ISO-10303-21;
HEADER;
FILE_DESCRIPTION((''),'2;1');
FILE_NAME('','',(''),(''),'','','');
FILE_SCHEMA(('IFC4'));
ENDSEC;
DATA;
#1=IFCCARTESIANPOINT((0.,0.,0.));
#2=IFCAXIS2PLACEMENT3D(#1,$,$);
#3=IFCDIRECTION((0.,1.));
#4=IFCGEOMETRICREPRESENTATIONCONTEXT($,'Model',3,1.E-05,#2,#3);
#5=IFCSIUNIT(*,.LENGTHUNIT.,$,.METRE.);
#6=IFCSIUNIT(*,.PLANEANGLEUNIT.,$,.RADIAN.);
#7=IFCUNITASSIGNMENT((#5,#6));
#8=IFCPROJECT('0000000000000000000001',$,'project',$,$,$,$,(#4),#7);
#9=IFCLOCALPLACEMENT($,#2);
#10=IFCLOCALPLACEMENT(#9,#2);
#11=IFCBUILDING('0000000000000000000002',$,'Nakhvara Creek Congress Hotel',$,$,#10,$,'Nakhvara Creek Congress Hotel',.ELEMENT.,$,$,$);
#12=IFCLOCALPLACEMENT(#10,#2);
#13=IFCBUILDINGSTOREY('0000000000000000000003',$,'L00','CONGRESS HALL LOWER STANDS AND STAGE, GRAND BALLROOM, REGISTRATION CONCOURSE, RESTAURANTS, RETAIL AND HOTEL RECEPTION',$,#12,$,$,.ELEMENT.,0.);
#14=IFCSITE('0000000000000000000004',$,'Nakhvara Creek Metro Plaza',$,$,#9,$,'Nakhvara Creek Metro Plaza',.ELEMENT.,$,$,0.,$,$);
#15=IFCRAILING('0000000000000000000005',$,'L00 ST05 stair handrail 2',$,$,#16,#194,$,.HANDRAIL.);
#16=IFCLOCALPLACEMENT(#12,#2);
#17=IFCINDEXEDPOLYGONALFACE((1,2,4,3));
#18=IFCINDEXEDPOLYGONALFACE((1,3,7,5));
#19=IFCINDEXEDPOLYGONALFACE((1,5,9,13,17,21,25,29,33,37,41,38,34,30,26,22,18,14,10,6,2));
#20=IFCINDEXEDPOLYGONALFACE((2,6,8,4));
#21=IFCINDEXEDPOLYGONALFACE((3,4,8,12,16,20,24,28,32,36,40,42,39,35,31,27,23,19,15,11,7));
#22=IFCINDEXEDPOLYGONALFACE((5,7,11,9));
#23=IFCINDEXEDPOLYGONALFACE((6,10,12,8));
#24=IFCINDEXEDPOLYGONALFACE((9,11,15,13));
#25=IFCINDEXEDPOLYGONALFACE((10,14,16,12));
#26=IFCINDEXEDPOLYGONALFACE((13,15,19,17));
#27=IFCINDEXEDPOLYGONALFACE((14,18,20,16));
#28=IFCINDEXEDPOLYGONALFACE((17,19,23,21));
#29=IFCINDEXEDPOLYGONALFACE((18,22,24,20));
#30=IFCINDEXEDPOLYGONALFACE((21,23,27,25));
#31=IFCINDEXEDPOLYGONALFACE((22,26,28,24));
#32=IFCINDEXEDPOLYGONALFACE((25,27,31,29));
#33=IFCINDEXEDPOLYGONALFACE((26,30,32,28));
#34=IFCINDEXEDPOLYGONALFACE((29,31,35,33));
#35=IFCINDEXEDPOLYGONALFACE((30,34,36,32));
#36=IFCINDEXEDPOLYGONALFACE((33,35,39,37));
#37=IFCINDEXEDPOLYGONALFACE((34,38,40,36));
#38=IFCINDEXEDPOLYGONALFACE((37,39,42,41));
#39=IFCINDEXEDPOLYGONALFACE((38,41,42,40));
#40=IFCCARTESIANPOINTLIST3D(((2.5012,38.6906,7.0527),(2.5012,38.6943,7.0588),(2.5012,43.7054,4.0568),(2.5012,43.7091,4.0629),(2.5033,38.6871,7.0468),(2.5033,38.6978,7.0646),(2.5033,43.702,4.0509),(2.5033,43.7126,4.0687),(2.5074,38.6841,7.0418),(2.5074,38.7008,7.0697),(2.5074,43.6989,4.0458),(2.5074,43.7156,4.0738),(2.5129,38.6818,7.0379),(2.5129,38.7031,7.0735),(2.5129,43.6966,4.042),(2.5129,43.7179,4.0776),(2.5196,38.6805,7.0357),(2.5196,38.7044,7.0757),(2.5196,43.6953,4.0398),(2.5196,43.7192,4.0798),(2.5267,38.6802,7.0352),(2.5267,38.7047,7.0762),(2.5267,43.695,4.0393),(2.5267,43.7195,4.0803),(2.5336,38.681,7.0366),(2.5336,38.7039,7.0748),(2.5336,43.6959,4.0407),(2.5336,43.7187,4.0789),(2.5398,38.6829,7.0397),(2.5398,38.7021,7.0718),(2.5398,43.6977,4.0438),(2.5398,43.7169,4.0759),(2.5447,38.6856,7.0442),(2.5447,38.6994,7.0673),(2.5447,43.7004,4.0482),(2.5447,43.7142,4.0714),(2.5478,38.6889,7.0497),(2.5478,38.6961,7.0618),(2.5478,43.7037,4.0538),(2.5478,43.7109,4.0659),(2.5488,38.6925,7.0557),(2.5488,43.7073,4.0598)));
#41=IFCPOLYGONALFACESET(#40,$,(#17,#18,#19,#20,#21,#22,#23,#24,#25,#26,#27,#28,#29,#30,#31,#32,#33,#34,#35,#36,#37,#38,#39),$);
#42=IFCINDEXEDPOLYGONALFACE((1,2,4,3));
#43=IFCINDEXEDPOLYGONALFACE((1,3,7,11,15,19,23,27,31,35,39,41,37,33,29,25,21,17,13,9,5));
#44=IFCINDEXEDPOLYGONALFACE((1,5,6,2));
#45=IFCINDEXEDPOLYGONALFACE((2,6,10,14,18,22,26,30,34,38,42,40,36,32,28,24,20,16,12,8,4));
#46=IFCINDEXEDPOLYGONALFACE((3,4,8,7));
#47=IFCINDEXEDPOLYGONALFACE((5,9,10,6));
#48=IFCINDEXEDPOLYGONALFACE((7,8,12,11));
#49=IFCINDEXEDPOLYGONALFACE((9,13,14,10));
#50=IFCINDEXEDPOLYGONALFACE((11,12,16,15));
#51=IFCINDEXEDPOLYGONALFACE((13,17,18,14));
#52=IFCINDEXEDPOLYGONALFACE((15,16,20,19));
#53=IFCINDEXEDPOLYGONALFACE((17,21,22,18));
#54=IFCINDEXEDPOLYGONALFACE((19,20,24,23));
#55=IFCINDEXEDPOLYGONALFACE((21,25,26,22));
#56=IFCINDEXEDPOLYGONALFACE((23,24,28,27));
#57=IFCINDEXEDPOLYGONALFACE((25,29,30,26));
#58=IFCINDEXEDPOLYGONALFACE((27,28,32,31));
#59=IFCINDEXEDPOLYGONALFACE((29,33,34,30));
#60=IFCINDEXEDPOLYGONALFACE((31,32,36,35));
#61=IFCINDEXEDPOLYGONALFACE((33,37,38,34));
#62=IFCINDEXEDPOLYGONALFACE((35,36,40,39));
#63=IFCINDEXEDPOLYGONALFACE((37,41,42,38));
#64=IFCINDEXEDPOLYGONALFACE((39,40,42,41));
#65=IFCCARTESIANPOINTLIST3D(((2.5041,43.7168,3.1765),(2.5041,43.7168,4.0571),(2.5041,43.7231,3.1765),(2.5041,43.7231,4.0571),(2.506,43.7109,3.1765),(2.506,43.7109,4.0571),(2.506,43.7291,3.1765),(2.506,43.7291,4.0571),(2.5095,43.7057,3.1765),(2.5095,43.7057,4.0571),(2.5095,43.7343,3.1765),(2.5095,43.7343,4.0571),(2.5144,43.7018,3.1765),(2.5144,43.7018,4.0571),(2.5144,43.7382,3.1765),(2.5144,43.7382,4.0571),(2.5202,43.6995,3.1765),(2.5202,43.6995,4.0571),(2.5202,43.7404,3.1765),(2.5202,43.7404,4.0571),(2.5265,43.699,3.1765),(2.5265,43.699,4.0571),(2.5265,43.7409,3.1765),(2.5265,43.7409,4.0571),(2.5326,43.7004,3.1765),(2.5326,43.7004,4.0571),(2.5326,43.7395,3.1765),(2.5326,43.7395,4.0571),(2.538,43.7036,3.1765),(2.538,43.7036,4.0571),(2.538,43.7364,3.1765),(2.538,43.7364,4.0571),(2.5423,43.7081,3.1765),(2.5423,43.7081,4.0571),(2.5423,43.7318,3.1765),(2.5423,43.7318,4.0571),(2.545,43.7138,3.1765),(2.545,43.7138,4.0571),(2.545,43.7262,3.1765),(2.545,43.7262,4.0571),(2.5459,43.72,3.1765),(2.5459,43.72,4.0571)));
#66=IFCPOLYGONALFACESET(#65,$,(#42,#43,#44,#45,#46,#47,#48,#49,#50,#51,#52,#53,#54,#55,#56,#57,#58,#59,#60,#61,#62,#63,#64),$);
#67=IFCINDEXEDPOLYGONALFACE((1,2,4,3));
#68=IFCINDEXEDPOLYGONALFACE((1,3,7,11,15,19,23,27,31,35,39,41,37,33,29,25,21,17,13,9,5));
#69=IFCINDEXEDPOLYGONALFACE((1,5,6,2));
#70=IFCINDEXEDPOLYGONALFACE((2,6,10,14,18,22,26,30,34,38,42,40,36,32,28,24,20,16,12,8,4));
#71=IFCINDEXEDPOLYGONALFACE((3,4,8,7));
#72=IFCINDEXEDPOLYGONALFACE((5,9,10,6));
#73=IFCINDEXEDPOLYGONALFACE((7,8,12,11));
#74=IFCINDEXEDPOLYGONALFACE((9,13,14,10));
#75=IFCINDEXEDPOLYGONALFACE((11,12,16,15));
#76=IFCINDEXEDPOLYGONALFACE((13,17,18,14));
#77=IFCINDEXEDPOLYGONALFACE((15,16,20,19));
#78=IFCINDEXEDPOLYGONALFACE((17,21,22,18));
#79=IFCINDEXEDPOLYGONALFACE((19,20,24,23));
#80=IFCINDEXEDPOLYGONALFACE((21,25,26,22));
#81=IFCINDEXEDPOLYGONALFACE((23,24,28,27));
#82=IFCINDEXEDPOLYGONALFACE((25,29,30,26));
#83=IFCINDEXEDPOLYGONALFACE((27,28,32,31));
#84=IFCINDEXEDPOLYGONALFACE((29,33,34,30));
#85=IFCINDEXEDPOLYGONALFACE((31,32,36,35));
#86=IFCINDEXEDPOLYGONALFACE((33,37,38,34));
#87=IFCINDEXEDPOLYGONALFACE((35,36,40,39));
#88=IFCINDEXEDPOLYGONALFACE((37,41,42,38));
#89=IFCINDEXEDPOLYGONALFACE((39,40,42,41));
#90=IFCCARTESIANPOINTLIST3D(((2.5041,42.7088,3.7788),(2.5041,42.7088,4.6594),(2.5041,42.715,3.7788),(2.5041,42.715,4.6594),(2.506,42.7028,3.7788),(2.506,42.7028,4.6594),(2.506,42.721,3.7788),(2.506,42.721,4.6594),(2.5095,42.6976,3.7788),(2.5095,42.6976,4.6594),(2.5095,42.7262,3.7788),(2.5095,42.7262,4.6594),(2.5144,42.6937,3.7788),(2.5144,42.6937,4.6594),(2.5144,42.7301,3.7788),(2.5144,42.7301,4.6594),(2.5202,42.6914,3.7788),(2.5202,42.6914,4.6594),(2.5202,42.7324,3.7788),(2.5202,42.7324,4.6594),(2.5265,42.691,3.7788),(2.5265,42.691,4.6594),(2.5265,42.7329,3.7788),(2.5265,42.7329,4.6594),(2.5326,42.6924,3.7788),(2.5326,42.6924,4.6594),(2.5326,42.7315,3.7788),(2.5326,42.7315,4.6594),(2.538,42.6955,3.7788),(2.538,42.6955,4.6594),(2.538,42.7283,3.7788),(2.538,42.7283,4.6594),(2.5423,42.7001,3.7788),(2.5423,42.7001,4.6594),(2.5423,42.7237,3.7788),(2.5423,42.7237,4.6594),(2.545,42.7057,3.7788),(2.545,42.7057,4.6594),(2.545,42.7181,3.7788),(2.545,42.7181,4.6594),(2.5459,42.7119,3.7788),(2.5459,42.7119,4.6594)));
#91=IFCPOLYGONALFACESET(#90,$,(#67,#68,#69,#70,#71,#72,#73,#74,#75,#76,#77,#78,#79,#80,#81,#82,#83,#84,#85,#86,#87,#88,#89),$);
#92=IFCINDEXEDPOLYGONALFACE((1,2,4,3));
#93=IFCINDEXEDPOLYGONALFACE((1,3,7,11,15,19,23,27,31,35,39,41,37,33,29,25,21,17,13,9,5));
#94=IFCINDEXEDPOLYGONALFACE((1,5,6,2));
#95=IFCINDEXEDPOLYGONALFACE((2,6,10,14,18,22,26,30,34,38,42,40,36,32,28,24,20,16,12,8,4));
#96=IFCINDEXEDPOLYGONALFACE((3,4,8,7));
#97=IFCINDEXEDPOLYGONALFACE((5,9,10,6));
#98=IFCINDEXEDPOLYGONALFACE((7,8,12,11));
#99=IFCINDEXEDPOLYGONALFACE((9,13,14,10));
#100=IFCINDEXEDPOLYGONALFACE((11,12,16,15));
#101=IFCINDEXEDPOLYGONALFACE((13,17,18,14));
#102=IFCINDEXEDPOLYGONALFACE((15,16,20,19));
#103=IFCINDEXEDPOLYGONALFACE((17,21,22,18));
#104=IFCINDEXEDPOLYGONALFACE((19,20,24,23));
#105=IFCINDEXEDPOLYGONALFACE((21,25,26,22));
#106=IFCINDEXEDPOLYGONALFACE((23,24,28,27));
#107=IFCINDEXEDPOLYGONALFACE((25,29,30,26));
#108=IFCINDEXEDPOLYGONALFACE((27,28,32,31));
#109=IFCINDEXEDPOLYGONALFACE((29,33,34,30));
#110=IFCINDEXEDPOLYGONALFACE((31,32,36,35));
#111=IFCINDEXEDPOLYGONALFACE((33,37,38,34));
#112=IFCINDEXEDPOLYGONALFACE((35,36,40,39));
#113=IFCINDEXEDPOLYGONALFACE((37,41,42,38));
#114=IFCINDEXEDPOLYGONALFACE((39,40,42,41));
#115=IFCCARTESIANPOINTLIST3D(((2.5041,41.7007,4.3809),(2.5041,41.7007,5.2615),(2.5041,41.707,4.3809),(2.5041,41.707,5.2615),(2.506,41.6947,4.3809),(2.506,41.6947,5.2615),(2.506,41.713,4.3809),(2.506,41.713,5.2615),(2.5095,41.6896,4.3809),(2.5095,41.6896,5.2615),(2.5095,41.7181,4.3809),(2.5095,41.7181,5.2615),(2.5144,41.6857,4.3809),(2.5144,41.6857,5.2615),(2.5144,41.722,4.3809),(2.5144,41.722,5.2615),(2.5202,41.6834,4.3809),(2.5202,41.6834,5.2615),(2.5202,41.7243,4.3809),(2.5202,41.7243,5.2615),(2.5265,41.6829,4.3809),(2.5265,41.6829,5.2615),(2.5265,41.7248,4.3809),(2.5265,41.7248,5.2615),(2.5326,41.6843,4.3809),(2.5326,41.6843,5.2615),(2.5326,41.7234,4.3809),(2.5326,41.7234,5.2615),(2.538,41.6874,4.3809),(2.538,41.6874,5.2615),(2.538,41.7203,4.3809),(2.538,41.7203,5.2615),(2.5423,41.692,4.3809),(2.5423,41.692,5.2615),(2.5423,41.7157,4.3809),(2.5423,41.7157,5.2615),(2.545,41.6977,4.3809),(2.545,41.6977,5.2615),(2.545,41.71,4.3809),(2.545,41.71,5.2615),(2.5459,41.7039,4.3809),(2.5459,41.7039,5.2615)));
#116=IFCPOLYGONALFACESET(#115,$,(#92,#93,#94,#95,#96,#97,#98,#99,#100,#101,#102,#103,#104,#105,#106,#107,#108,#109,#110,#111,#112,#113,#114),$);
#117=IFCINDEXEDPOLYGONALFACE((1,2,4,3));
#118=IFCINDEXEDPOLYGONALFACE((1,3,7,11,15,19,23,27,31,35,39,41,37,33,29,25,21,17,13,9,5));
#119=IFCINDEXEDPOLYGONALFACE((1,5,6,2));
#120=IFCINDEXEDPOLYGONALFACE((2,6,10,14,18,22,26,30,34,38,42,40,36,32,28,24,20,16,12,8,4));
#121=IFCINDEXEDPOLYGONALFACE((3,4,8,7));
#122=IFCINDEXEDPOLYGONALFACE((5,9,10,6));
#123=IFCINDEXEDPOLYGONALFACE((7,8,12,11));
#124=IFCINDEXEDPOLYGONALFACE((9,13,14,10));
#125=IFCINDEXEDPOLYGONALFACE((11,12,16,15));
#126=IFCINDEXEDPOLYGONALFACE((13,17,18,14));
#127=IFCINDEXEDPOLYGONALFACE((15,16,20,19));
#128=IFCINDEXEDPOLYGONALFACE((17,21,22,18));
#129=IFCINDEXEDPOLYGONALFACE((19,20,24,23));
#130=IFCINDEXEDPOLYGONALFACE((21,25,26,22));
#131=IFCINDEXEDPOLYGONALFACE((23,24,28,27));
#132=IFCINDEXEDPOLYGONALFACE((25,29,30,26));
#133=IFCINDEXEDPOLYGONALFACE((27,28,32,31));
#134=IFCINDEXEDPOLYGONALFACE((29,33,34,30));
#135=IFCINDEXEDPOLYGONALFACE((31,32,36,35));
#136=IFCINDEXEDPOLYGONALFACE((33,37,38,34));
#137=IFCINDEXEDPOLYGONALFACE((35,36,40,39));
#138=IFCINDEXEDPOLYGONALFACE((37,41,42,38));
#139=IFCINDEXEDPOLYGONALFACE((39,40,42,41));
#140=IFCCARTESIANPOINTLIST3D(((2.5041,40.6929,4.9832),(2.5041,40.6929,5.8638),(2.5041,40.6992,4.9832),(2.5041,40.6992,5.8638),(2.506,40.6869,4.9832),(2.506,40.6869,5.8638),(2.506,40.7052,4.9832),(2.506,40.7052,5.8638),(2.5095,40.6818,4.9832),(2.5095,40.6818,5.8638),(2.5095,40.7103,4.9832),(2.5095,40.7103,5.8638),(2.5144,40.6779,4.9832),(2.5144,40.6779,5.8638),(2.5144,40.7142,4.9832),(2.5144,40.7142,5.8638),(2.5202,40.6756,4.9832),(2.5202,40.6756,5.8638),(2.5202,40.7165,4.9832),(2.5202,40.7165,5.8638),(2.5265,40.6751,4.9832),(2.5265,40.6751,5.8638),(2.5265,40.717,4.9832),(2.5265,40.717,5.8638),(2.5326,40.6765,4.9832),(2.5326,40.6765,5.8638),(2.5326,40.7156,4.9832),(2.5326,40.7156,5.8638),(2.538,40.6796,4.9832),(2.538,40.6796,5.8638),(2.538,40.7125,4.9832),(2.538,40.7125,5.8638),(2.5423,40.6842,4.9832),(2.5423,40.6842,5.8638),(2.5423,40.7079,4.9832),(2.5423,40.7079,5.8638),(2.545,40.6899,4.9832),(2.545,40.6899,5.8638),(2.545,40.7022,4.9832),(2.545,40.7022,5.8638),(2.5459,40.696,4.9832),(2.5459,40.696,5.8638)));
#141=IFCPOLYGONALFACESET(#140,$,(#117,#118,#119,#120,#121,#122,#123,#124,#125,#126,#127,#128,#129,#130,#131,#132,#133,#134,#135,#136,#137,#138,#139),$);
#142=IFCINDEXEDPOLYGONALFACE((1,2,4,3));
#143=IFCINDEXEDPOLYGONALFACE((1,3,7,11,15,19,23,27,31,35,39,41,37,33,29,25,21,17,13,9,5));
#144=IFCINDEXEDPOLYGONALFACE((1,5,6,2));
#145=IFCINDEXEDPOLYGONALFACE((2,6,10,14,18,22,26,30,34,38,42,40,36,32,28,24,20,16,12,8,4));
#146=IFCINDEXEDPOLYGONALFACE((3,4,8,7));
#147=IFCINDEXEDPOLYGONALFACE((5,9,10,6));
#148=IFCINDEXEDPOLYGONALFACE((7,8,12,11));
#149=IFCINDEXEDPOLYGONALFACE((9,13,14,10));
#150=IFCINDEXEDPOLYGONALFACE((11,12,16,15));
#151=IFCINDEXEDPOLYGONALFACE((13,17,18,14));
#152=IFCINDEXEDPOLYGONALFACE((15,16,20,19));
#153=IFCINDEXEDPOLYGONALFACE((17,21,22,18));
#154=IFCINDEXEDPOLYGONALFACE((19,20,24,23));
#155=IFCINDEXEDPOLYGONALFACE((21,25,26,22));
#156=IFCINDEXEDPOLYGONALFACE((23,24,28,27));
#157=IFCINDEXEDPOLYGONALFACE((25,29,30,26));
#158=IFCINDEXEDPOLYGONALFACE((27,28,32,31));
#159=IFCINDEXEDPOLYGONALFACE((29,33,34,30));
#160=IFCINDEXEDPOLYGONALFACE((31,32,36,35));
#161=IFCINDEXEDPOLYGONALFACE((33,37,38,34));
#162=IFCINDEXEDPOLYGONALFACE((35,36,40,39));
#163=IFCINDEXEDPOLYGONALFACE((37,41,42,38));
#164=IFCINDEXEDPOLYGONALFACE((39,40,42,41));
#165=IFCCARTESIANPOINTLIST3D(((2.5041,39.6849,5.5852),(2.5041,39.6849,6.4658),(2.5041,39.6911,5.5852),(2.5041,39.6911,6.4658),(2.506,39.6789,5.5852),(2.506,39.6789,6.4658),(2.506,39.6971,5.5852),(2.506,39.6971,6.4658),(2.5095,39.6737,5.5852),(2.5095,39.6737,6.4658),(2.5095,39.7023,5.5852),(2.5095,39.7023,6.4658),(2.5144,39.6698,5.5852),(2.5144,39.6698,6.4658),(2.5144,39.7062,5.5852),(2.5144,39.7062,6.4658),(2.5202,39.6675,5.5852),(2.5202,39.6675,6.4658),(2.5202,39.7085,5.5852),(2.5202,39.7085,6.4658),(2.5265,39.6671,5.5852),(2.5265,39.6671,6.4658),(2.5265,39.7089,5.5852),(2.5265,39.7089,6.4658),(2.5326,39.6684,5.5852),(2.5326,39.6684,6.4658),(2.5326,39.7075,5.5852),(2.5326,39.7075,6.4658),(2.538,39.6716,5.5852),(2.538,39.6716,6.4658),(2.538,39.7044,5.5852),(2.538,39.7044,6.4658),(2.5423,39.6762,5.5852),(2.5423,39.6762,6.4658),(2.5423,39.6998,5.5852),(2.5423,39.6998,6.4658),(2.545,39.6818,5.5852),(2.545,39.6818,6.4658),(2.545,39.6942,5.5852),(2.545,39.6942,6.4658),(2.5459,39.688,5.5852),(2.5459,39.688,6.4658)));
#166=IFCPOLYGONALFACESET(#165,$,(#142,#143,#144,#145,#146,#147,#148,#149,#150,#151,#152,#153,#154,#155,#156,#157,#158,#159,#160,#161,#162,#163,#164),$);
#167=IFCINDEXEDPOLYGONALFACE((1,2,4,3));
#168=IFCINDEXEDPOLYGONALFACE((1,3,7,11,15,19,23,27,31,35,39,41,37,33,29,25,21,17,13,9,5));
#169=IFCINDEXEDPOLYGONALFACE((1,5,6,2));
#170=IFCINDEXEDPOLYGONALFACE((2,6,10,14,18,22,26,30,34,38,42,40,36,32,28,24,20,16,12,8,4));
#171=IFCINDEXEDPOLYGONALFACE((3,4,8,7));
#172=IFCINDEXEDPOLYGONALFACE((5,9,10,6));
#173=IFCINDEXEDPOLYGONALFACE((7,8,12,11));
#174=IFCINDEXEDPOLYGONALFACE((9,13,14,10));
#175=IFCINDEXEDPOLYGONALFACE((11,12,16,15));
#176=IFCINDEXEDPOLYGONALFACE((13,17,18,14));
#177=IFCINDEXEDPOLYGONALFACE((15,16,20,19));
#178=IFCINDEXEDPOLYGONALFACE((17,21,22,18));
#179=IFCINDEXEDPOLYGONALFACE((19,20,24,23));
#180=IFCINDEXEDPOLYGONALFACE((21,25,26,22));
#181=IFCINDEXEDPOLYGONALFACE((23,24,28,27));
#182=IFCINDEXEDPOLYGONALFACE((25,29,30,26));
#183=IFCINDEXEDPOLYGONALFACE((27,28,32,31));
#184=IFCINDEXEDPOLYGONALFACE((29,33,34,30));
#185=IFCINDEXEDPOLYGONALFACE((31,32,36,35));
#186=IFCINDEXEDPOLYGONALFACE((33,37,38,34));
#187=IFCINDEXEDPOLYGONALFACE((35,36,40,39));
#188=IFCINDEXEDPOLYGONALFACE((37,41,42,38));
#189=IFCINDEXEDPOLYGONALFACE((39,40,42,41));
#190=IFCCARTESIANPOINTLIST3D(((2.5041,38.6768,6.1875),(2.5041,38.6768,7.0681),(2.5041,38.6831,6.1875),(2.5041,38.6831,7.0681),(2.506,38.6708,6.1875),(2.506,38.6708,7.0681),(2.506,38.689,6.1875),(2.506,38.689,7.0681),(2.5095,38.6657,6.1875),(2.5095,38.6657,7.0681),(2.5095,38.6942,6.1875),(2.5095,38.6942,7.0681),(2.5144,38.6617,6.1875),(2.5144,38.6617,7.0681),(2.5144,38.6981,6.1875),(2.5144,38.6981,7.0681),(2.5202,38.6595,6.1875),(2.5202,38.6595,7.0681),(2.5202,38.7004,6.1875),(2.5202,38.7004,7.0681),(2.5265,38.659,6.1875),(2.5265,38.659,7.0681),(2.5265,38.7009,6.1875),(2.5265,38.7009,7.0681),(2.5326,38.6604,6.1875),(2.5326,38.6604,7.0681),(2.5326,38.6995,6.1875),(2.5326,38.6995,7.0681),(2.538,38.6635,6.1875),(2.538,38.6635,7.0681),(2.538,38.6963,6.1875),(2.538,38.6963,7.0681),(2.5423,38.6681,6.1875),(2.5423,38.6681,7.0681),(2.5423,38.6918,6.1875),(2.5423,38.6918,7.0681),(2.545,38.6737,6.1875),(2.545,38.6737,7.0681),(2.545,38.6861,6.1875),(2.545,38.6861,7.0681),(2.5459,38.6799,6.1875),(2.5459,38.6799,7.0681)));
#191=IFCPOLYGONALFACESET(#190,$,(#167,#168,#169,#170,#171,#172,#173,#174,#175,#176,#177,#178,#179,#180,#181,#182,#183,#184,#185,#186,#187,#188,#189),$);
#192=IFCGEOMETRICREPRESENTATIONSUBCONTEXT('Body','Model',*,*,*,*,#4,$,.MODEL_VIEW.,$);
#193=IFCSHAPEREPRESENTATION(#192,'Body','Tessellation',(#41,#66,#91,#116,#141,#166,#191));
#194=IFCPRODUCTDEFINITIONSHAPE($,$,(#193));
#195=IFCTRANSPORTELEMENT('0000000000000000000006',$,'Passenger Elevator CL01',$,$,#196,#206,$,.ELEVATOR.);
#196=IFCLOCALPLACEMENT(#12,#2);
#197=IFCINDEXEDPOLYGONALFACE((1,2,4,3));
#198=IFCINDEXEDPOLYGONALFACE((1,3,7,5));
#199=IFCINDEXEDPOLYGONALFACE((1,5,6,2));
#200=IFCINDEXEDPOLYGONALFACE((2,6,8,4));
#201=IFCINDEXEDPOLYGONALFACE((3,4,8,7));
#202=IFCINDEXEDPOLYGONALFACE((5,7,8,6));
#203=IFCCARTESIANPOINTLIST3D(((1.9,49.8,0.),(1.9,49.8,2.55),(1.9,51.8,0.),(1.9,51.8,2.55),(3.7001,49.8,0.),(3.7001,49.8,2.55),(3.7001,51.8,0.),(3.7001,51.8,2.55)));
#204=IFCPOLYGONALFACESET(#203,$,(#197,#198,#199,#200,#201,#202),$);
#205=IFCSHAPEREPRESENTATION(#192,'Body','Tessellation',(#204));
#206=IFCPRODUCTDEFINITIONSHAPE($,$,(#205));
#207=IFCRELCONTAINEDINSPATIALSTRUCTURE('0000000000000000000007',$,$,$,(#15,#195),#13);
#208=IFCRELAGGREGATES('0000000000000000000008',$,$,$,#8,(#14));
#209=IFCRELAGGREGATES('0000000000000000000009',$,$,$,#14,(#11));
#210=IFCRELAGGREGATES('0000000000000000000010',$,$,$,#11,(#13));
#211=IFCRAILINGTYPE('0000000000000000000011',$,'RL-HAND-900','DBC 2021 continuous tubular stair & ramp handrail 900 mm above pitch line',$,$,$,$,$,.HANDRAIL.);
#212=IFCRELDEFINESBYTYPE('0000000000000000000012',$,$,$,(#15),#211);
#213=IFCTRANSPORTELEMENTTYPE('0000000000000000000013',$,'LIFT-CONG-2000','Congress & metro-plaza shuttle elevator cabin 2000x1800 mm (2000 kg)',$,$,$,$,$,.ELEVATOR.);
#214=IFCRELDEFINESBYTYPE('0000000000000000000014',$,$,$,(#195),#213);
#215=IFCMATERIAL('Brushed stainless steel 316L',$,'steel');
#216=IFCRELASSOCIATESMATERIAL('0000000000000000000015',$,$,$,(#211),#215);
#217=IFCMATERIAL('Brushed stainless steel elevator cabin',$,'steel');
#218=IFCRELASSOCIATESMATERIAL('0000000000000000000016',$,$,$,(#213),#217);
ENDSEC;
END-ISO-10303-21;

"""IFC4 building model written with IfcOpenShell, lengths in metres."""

from ifc_helpers import new_model, si_unit, direction, frame, origin, origin_2d, place, context, subcontext, project, spatial, rectangle, circle, extrude, material, type_object, element, save


model = new_model("IFC4")

# Units and contexts
model_context = context("Model", 3, precision=1e-05, world=origin(), true_north=direction((0.0, 1.0)))
body_context = subcontext(model_context, "Body", "Model", "MODEL_VIEW")
ifc_project = project(units=[si_unit("LENGTHUNIT", "METRE"), si_unit("PLANEANGLEUNIT", "RADIAN")], contexts=[model_context])

# Site, building, storey
site_placement = place(None, origin())
site = spatial("IfcSite", under=ifc_project, at=site_placement, Name="Nakhvara Creek Metro Plaza", LongName="Nakhvara Creek Metro Plaza", CompositionType="ELEMENT", RefElevation=0.0)
building_placement = place(site_placement, origin())
building = spatial("IfcBuilding", under=site, at=building_placement, Name="Nakhvara Creek Congress Hotel", LongName="Nakhvara Creek Congress Hotel", CompositionType="ELEMENT")
storey_placement = place(building_placement, origin())
storey = spatial("IfcBuildingStorey", under=building, at=storey_placement, Name="L00", Description="CONGRESS HALL LOWER STANDS AND STAGE, GRAND BALLROOM, REGISTRATION CONCOURSE, RESTAURANTS, RETAIL AND HOTEL RECEPTION", CompositionType="ELEMENT", Elevation=0.0)

# Railing
ifc_material_1 = material(Name="Brushed stainless steel 316L", Category="steel")
railing_type_1 = type_object("IfcRailingType", Name="RL-HAND-900", Description="DBC 2021 continuous tubular stair & ramp handrail 900 mm above pitch line", PredefinedType="HANDRAIL", material=ifc_material_1)
railing_1_placement = place(storey_placement, frame((2.5249, 43.72, 3.1765)))
element("IfcRailing", 1, at=railing_1_placement, inside=storey, type_object=railing_type_1, Name="L00 ST05 stair handrail 2", PredefinedType="HANDRAIL", context=body_context, shape_type="SweptSolid", body=[
    extrude(circle(Radius=0.0239, at=origin_2d()), frame((0.0, -0.0127, 0.8833), z_axis=(0.0, -0.858471, 0.512862), x_axis=(1.0, 0.0, 0.0)), (0.0, 0.0, 1.0), 5.8416),
    extrude(circle(Radius=0.021, at=origin_2d()), origin(), (0.0, 0.0, 1.0), 0.8806),
    extrude(circle(Radius=0.021, at=origin_2d()), frame((0.0, -1.0081, 0.6023)), (0.0, 0.0, 1.0), 0.8806),
    extrude(circle(Radius=0.021, at=origin_2d()), frame((0.0, -2.0161, 1.2043)), (0.0, 0.0, 1.0), 0.8806),
    extrude(circle(Radius=0.021, at=origin_2d()), frame((0.0, -3.0239, 1.8066)), (0.0, 0.0, 1.0), 0.8806),
    extrude(circle(Radius=0.021, at=origin_2d()), frame((0.0, -4.032, 2.4087)), (0.0, 0.0, 1.0), 0.8806),
    extrude(circle(Radius=0.021, at=origin_2d()), frame((0.0, -5.04, 3.011)), (0.0, 0.0, 1.0), 0.8806),
])

# Transport element
ifc_material_2 = material(Name="Brushed stainless steel elevator cabin", Category="steel")
transport_element_type = type_object("IfcTransportElementType", Name="LIFT-CONG-2000", Description="Congress & metro-plaza shuttle elevator cabin 2000x1800 mm (2000 kg)", PredefinedType="ELEVATOR", material=ifc_material_2)
transport_element_placement = place(storey_placement, frame((2.8, 50.8, 0.0), z_axis=(0.0, 0.0, 1.0), x_axis=(0.0, 1.0, 0.0)))
element("IfcTransportElement", 2, at=transport_element_placement, inside=storey, type_object=transport_element_type, Name="Passenger Elevator CL01", PredefinedType="ELEVATOR", context=body_context, shape_type="SweptSolid", body=[
    extrude(rectangle(XDim=2.0, YDim=1.8, at=origin_2d()), origin(), (0.0, 0.0, 1.0), 2.55),
])

save(model, "model.ifc")
